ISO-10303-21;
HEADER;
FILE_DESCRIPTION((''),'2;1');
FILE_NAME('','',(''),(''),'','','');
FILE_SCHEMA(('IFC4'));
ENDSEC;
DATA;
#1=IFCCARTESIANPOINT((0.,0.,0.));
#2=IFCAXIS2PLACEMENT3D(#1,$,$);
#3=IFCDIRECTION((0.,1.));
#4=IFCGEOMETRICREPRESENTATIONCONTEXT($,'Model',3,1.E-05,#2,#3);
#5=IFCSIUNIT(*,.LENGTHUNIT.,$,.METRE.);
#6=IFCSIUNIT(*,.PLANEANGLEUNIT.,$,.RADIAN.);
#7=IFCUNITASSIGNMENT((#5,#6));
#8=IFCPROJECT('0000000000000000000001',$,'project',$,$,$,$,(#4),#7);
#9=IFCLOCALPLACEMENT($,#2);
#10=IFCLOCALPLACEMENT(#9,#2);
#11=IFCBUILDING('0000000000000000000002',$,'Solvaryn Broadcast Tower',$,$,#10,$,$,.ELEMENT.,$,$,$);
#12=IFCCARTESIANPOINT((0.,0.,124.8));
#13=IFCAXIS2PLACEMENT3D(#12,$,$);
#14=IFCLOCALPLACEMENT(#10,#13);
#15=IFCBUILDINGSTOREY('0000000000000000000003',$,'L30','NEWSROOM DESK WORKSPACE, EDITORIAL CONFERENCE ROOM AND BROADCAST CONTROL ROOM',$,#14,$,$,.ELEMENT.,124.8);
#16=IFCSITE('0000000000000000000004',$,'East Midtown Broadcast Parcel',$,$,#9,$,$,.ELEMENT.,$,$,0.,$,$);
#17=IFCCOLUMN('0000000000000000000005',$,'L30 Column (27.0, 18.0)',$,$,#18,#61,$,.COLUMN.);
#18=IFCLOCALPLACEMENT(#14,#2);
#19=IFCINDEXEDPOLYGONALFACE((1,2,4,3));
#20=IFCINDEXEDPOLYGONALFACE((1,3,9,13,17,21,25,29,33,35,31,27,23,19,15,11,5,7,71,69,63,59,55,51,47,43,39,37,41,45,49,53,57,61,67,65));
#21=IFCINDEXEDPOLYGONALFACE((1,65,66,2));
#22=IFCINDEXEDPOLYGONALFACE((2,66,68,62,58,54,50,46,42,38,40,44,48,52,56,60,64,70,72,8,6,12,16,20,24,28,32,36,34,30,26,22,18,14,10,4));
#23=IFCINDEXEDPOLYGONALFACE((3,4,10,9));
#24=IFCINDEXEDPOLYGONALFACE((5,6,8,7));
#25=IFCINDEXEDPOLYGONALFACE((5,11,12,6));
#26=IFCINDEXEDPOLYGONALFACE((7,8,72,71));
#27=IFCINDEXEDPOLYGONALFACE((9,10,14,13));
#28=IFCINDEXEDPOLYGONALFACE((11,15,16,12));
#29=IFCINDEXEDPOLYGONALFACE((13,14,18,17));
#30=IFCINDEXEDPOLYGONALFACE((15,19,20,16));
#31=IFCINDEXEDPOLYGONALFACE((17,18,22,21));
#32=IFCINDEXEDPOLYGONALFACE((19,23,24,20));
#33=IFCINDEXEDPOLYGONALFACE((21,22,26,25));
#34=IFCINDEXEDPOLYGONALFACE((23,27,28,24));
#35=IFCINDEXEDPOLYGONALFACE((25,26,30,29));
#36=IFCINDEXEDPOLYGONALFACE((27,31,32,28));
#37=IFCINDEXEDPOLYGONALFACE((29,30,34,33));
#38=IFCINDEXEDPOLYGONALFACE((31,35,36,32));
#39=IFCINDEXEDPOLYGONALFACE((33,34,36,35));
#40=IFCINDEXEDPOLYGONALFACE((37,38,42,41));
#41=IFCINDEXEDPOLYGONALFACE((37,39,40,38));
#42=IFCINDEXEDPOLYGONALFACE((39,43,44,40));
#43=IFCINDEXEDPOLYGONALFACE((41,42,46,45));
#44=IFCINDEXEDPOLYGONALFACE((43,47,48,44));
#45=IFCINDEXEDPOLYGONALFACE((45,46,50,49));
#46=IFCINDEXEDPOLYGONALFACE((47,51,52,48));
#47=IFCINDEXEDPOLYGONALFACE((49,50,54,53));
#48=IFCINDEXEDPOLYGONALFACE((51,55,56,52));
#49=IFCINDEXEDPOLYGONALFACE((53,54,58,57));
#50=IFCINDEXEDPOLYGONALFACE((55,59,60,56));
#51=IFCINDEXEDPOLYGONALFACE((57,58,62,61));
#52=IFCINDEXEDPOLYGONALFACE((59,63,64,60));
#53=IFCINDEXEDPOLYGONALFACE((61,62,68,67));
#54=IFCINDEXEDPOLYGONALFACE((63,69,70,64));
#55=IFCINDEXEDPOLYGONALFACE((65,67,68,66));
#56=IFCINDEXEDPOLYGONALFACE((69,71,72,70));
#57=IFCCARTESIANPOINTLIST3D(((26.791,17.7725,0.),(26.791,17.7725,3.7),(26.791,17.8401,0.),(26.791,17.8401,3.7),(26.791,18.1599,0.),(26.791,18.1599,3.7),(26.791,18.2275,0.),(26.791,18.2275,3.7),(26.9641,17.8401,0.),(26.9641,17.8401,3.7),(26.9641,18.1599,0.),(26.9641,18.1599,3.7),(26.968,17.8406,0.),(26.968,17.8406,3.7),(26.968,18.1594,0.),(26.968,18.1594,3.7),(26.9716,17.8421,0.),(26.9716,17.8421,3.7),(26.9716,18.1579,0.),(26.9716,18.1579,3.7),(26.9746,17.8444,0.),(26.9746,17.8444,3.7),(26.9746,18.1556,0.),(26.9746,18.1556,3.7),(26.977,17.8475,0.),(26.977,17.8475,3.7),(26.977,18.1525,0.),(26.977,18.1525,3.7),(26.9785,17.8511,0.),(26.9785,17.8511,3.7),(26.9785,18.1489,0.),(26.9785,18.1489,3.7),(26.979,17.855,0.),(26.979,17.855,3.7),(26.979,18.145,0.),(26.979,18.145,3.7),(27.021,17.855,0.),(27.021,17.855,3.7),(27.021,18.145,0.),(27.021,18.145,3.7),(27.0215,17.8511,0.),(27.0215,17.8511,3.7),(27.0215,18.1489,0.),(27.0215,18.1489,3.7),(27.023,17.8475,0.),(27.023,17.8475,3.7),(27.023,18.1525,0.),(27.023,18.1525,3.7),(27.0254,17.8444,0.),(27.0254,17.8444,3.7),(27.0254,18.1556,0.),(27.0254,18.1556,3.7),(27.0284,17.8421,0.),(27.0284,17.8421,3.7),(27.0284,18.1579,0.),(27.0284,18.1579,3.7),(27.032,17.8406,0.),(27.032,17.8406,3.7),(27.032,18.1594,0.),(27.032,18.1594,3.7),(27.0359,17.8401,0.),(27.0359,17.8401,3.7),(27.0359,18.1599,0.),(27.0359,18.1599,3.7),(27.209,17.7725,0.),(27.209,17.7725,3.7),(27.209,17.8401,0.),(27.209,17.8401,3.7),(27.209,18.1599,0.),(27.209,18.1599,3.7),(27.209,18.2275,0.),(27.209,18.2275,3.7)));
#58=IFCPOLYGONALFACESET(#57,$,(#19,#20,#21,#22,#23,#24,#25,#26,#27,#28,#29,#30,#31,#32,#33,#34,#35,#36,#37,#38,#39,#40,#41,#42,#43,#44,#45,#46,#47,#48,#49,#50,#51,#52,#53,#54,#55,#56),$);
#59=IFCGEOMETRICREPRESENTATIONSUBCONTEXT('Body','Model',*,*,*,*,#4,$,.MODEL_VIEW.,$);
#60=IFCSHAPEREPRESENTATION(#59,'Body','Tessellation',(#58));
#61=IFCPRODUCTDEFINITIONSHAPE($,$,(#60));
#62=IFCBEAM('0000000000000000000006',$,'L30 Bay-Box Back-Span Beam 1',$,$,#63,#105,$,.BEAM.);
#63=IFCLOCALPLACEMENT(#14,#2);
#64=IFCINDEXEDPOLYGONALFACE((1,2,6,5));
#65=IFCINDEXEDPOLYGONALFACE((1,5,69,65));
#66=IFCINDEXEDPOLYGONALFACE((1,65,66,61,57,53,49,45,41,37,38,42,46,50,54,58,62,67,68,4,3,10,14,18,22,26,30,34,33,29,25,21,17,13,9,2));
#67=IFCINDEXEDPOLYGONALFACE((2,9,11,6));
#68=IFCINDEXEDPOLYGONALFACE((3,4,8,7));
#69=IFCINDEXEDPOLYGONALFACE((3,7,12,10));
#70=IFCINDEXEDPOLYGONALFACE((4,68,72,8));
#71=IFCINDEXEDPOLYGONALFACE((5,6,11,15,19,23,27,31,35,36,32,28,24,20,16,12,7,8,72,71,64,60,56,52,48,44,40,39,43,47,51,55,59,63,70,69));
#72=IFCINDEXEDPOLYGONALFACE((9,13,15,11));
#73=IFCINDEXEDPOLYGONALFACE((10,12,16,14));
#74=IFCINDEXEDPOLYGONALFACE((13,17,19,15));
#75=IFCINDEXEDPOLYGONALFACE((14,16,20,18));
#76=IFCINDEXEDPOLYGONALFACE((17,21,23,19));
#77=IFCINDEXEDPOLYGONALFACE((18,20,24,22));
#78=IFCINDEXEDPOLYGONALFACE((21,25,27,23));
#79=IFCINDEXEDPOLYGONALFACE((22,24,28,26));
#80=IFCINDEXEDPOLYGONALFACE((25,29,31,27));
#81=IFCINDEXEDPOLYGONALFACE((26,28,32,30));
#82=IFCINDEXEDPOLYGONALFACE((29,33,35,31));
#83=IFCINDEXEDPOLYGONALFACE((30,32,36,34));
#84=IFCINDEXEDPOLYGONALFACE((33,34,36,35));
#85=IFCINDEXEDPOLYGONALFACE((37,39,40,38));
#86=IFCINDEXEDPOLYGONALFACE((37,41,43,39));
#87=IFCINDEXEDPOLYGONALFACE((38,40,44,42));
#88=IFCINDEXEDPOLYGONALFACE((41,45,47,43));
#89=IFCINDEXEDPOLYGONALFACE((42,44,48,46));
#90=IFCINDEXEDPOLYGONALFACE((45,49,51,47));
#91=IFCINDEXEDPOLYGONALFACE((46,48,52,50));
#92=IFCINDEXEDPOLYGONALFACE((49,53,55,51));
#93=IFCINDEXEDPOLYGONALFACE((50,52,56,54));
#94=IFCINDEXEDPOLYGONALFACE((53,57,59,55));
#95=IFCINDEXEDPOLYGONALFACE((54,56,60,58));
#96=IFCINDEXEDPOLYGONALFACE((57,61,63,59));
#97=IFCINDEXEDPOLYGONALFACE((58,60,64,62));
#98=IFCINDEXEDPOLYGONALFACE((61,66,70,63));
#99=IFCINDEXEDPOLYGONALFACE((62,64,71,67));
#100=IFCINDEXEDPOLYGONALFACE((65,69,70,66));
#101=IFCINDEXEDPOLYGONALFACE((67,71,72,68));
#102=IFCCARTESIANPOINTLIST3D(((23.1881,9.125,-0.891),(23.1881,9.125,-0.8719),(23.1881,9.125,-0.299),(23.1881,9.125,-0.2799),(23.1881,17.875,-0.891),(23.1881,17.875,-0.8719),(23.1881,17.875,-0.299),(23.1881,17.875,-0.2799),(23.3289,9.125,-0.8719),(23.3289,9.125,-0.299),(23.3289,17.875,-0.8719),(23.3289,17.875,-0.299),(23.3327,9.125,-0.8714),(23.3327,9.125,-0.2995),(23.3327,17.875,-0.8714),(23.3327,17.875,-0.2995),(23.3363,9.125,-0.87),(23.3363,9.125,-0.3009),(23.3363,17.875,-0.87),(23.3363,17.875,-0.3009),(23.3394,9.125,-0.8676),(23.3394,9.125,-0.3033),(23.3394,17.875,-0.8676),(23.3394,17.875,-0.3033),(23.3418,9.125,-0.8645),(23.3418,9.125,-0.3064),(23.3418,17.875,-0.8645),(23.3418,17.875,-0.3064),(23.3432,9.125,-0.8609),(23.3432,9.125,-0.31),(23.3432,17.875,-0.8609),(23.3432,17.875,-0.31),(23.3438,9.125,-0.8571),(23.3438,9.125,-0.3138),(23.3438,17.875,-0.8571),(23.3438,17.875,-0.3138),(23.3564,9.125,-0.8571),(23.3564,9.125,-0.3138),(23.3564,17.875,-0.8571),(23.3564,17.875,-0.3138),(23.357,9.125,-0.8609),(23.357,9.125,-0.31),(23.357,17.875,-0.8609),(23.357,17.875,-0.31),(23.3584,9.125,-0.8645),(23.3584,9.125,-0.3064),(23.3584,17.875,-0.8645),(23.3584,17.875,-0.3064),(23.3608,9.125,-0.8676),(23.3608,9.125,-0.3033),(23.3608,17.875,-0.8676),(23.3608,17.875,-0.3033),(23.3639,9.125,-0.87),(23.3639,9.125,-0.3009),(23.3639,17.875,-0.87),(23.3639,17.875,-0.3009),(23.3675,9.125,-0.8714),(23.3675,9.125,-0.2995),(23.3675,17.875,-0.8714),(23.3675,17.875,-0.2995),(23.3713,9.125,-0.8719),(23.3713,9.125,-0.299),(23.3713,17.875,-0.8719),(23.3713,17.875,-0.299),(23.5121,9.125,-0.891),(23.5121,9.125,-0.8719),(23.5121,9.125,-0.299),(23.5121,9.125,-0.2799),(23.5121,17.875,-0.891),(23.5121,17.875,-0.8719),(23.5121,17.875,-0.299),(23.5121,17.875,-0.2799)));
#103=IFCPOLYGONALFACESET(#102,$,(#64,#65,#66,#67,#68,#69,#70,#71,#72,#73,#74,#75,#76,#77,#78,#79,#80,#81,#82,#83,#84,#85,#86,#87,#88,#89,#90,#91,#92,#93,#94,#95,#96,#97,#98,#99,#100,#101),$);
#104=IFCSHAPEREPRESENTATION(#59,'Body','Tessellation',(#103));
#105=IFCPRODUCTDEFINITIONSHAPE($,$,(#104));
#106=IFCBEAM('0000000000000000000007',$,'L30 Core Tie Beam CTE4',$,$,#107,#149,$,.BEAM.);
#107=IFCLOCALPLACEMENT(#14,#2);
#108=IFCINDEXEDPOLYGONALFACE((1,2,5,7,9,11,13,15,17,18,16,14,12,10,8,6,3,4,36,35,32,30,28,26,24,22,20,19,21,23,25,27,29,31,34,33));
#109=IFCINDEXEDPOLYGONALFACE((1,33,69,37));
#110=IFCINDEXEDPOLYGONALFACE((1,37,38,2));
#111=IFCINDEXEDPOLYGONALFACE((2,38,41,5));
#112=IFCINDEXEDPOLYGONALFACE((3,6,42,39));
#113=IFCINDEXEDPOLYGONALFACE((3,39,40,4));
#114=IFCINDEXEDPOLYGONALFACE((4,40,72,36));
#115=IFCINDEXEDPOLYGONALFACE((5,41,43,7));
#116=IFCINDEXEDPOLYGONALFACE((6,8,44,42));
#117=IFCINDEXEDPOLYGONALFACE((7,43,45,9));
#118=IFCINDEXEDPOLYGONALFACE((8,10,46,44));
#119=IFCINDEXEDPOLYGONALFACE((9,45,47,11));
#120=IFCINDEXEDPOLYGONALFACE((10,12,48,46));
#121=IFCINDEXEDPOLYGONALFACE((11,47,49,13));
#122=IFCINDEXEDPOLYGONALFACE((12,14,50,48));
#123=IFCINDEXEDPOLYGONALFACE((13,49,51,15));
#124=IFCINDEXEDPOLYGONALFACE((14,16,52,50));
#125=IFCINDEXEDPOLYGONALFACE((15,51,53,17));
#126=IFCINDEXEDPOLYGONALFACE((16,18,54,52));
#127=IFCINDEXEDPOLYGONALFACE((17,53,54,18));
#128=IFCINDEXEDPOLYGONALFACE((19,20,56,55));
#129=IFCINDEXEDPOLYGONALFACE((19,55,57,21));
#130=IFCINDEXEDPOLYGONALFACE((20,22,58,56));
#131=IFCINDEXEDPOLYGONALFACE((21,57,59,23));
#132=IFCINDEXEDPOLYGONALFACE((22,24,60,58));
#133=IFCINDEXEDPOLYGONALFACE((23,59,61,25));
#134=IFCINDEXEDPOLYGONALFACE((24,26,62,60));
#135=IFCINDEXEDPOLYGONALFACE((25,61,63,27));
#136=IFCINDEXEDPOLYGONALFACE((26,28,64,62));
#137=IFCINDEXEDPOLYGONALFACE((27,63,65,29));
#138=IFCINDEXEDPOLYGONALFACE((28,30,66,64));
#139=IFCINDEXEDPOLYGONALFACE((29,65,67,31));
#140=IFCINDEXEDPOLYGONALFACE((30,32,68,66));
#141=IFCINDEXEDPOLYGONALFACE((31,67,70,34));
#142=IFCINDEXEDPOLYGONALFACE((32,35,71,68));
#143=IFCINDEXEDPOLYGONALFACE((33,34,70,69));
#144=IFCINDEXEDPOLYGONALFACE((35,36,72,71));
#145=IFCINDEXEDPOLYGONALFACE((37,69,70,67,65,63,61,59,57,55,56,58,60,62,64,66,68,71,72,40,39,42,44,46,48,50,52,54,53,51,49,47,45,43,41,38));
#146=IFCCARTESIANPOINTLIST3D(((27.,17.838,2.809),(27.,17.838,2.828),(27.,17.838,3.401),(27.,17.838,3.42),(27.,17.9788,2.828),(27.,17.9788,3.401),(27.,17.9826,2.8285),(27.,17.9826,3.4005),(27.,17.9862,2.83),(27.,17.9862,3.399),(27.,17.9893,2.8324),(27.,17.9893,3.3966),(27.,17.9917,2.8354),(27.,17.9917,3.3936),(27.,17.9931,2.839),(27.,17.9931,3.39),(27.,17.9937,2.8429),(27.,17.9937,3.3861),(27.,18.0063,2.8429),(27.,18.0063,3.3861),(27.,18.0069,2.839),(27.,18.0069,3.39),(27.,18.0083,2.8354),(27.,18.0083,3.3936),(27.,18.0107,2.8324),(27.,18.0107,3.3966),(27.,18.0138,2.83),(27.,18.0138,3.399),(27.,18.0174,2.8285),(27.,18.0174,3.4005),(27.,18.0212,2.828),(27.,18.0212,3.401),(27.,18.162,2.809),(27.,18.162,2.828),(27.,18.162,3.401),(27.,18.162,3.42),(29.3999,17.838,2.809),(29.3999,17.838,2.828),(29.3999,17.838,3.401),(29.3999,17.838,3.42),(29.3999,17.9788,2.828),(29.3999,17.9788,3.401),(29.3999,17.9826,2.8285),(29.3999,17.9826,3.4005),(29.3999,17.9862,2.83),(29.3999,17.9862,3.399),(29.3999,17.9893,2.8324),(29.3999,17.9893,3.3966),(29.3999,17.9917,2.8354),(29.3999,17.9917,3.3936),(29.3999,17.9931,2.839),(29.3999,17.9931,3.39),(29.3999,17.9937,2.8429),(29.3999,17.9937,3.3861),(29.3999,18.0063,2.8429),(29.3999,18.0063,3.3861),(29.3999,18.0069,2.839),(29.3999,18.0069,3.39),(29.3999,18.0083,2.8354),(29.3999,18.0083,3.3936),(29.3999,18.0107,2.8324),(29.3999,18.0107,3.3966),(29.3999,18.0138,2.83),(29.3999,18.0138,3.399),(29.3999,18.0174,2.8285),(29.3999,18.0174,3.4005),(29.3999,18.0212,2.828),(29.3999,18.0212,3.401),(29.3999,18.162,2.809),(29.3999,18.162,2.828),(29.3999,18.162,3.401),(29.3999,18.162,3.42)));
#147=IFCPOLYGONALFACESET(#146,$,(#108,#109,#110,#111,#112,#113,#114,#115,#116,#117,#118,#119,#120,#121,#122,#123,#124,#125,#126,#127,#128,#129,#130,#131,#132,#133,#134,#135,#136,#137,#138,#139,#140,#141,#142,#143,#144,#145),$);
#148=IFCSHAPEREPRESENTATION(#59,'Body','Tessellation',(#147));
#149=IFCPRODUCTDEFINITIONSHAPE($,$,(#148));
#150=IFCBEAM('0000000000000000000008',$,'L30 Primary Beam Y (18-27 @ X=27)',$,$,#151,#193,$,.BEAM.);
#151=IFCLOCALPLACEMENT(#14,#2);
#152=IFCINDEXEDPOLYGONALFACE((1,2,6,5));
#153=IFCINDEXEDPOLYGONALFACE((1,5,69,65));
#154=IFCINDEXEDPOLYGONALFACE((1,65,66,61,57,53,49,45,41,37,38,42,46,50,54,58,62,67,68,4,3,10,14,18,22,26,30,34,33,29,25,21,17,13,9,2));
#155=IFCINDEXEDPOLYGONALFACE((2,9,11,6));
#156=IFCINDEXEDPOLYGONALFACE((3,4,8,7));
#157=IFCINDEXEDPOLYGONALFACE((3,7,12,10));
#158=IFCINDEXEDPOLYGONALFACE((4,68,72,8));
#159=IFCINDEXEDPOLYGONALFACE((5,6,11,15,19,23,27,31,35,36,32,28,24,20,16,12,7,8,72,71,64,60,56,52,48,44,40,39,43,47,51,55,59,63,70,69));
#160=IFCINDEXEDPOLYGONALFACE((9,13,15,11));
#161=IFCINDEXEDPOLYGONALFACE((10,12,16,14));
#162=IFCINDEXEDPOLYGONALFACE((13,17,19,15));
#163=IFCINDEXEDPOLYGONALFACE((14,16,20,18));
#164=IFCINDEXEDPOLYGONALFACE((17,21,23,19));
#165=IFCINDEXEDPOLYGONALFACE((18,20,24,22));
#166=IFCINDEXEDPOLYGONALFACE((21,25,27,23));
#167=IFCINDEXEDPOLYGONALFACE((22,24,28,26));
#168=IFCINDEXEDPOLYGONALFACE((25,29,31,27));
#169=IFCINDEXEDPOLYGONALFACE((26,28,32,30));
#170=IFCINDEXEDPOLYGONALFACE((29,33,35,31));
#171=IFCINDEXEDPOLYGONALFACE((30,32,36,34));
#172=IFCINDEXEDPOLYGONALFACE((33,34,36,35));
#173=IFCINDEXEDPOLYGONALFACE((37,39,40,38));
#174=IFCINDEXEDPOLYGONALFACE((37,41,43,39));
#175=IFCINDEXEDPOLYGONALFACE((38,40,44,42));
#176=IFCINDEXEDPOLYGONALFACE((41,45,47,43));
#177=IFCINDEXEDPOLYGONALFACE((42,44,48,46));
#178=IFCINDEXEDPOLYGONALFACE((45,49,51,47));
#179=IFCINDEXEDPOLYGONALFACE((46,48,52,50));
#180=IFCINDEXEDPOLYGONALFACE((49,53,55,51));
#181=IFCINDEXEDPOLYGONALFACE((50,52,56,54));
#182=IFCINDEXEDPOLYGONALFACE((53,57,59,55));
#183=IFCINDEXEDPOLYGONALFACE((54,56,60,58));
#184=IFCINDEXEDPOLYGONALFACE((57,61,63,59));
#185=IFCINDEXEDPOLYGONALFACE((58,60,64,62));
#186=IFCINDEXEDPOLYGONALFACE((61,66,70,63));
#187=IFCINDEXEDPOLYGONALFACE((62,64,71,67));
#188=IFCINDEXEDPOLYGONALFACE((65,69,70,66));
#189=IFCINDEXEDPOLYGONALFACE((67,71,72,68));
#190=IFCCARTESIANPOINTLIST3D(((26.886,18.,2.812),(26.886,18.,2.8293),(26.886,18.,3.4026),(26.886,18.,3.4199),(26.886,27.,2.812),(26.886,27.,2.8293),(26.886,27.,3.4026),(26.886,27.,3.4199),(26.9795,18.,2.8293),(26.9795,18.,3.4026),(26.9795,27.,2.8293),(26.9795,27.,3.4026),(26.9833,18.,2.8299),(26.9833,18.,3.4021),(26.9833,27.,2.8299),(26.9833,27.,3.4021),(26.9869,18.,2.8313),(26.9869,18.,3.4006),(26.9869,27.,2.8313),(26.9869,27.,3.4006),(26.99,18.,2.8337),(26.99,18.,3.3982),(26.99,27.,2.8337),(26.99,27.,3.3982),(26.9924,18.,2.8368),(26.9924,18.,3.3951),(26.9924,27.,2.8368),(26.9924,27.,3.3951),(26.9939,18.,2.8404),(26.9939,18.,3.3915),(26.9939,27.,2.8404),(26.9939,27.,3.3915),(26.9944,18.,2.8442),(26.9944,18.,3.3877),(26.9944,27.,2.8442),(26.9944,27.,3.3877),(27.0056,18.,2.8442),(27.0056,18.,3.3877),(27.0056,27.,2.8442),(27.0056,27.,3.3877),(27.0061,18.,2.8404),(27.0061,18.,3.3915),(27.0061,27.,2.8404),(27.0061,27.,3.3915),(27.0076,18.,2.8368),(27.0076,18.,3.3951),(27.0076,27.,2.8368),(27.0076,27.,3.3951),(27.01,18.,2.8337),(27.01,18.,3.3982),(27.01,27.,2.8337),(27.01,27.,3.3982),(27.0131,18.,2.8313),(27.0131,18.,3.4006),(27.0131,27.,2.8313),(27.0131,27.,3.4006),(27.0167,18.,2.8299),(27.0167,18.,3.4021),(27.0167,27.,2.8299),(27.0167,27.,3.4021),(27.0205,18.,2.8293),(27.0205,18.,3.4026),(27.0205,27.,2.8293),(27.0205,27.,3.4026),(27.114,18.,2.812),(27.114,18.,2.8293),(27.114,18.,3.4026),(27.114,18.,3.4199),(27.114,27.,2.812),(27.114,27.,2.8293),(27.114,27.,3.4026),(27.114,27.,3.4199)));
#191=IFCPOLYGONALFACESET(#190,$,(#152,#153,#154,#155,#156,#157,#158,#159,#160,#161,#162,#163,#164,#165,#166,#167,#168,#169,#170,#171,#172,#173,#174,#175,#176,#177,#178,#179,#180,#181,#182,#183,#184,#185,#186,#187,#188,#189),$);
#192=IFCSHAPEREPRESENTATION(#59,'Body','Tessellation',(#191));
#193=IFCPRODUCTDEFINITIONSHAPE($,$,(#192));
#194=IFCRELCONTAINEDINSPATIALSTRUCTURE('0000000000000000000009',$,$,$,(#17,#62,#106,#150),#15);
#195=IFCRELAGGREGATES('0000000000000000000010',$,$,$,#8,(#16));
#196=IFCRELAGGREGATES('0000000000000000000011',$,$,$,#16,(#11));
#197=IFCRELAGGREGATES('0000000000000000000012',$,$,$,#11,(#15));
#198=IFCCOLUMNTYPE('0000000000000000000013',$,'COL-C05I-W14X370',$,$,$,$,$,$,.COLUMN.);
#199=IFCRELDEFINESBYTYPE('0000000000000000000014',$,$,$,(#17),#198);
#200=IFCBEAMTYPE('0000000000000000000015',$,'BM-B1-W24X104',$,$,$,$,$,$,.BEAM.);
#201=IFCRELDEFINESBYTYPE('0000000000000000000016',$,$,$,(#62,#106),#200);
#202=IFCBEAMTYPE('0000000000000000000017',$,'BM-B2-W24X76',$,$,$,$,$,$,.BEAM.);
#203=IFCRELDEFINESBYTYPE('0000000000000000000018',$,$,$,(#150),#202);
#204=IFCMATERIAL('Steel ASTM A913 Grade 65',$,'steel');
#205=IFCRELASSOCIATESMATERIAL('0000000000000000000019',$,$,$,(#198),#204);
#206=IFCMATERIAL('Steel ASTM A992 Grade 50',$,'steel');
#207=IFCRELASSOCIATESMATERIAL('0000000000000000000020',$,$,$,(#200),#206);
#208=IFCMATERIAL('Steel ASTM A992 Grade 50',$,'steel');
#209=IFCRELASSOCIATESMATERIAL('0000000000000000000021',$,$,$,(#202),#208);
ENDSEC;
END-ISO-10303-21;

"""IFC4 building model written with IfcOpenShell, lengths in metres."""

from ifc_helpers import new_model, si_unit, direction, frame, origin, origin_2d, place, context, subcontext, project, spatial, i_section, extrude, material, material_profile, profile_set, type_object, element, save


model = new_model("IFC4")

# Units and contexts
model_context = context("Model", 3, precision=1e-05, world=origin(), true_north=direction((0.0, 1.0)))
body_context = subcontext(model_context, "Body", "Model", "MODEL_VIEW")
ifc_project = project(units=[si_unit("LENGTHUNIT", "METRE"), si_unit("PLANEANGLEUNIT", "RADIAN")], contexts=[model_context])

# Site, building, storey
site_placement = place(None, origin())
site = spatial("IfcSite", under=ifc_project, at=site_placement, Name="East Midtown Broadcast Parcel", CompositionType="ELEMENT", RefElevation=0.0)
building_placement = place(site_placement, origin())
building = spatial("IfcBuilding", under=site, at=building_placement, Name="Solvaryn Broadcast Tower", CompositionType="ELEMENT")
storey_placement = place(building_placement, frame((0.0, 0.0, 124.8)))
storey = spatial("IfcBuildingStorey", under=building, at=storey_placement, Name="L30", Description="NEWSROOM DESK WORKSPACE, EDITORIAL CONFERENCE ROOM AND BROADCAST CONTROL ROOM", CompositionType="ELEMENT", Elevation=124.8)

# Column
ifc_material_1 = material(Name="Steel ASTM A913 Grade 65", Category="steel")
ifc_material_profile_1 = material_profile(ifc_material_1, i_section(OverallWidth=0.418, OverallDepth=0.4551, WebThickness=0.042, FlangeThickness=0.0676, FilletRadius=0.0149, at=origin_2d()))
ifc_profile_set_1 = profile_set([ifc_material_profile_1], Name="Steel ASTM A913 Grade 65")
column_type = type_object("IfcColumnType", Name="COL-C05I-W14X370", PredefinedType="COLUMN", material=ifc_profile_set_1)
column_placement = place(storey_placement, frame((27.0, 18.0, 0.0), z_axis=(0.0, 0.0, 1.0), x_axis=(1.0, 0.0, 0.0)))
element("IfcColumn", 1, at=column_placement, inside=storey, type_object=column_type, Name="L30 Column (27.0, 18.0)", PredefinedType="COLUMN", context=body_context, shape_type="SweptSolid", body=[
    extrude(i_section(OverallWidth=0.418, OverallDepth=0.4551, WebThickness=0.042, FlangeThickness=0.0676, FilletRadius=0.0149, at=origin_2d()), origin(), (0.0, 0.0, 1.0), 3.7),
])

# Beams
ifc_material_2 = material(Name="Steel ASTM A992 Grade 50", Category="steel")
ifc_material_profile_2 = material_profile(ifc_material_2, i_section(OverallWidth=0.324, OverallDepth=0.6111, WebThickness=0.0127, FlangeThickness=0.019, FilletRadius=0.0149, at=origin_2d()))
ifc_profile_set_2 = profile_set([ifc_material_profile_2], Name="Steel ASTM A992 Grade 50")
beam_type_1 = type_object("IfcBeamType", Name="BM-B1-W24X104", PredefinedType="BEAM", material=ifc_profile_set_2)
beam_1_placement = place(storey_placement, frame((23.3501, 17.875, -0.5854), z_axis=(0.0, -1.0, 0.0), x_axis=(1.0, 0.0, 0.0)))
element("IfcBeam", 2, at=beam_1_placement, inside=storey, type_object=beam_type_1, Name="L30 Bay-Box Back-Span Beam 1", PredefinedType="BEAM", context=body_context, shape_type="SweptSolid", body=[
    extrude(i_section(OverallWidth=0.324, OverallDepth=0.6111, WebThickness=0.0127, FlangeThickness=0.019, FilletRadius=0.0149, at=origin_2d()), origin(), (0.0, 0.0, 1.0), 8.75),
])
beam_2_placement = place(storey_placement, frame((27.0, 18.0, 3.1145), z_axis=(1.0, 0.0, 0.0), x_axis=(0.0, 1.0, 0.0)))
element("IfcBeam", 3, at=beam_2_placement, inside=storey, type_object=beam_type_1, Name="L30 Core Tie Beam CTE4", PredefinedType="BEAM", context=body_context, shape_type="SweptSolid", body=[
    extrude(i_section(OverallWidth=0.324, OverallDepth=0.6111, WebThickness=0.0127, FlangeThickness=0.019, FilletRadius=0.0149, at=origin_2d()), origin(), (0.0, 0.0, 1.0), 2.3999),
])
ifc_material_3 = material(Name="Steel ASTM A992 Grade 50", Category="steel")
ifc_material_profile_3 = material_profile(ifc_material_3, i_section(OverallWidth=0.228, OverallDepth=0.6079, WebThickness=0.0112, FlangeThickness=0.0173, FilletRadius=0.0149, at=origin_2d()))
ifc_profile_set_3 = profile_set([ifc_material_profile_3], Name="Steel ASTM A992 Grade 50")
beam_type_2 = type_object("IfcBeamType", Name="BM-B2-W24X76", PredefinedType="BEAM", material=ifc_profile_set_3)
beam_3_placement = place(storey_placement, frame((27.0, 18.0, 3.116), z_axis=(0.0, 1.0, 0.0), x_axis=(-1.0, 0.0, 0.0)))
element("IfcBeam", 4, at=beam_3_placement, inside=storey, type_object=beam_type_2, Name="L30 Primary Beam Y (18-27 @ X=27)", PredefinedType="BEAM", context=body_context, shape_type="SweptSolid", body=[
    extrude(i_section(OverallWidth=0.228, OverallDepth=0.6079, WebThickness=0.0112, FlangeThickness=0.0173, FilletRadius=0.0149, at=origin_2d()), origin(), (0.0, 0.0, 1.0), 9.0),
])

save(model, "model.ifc")
